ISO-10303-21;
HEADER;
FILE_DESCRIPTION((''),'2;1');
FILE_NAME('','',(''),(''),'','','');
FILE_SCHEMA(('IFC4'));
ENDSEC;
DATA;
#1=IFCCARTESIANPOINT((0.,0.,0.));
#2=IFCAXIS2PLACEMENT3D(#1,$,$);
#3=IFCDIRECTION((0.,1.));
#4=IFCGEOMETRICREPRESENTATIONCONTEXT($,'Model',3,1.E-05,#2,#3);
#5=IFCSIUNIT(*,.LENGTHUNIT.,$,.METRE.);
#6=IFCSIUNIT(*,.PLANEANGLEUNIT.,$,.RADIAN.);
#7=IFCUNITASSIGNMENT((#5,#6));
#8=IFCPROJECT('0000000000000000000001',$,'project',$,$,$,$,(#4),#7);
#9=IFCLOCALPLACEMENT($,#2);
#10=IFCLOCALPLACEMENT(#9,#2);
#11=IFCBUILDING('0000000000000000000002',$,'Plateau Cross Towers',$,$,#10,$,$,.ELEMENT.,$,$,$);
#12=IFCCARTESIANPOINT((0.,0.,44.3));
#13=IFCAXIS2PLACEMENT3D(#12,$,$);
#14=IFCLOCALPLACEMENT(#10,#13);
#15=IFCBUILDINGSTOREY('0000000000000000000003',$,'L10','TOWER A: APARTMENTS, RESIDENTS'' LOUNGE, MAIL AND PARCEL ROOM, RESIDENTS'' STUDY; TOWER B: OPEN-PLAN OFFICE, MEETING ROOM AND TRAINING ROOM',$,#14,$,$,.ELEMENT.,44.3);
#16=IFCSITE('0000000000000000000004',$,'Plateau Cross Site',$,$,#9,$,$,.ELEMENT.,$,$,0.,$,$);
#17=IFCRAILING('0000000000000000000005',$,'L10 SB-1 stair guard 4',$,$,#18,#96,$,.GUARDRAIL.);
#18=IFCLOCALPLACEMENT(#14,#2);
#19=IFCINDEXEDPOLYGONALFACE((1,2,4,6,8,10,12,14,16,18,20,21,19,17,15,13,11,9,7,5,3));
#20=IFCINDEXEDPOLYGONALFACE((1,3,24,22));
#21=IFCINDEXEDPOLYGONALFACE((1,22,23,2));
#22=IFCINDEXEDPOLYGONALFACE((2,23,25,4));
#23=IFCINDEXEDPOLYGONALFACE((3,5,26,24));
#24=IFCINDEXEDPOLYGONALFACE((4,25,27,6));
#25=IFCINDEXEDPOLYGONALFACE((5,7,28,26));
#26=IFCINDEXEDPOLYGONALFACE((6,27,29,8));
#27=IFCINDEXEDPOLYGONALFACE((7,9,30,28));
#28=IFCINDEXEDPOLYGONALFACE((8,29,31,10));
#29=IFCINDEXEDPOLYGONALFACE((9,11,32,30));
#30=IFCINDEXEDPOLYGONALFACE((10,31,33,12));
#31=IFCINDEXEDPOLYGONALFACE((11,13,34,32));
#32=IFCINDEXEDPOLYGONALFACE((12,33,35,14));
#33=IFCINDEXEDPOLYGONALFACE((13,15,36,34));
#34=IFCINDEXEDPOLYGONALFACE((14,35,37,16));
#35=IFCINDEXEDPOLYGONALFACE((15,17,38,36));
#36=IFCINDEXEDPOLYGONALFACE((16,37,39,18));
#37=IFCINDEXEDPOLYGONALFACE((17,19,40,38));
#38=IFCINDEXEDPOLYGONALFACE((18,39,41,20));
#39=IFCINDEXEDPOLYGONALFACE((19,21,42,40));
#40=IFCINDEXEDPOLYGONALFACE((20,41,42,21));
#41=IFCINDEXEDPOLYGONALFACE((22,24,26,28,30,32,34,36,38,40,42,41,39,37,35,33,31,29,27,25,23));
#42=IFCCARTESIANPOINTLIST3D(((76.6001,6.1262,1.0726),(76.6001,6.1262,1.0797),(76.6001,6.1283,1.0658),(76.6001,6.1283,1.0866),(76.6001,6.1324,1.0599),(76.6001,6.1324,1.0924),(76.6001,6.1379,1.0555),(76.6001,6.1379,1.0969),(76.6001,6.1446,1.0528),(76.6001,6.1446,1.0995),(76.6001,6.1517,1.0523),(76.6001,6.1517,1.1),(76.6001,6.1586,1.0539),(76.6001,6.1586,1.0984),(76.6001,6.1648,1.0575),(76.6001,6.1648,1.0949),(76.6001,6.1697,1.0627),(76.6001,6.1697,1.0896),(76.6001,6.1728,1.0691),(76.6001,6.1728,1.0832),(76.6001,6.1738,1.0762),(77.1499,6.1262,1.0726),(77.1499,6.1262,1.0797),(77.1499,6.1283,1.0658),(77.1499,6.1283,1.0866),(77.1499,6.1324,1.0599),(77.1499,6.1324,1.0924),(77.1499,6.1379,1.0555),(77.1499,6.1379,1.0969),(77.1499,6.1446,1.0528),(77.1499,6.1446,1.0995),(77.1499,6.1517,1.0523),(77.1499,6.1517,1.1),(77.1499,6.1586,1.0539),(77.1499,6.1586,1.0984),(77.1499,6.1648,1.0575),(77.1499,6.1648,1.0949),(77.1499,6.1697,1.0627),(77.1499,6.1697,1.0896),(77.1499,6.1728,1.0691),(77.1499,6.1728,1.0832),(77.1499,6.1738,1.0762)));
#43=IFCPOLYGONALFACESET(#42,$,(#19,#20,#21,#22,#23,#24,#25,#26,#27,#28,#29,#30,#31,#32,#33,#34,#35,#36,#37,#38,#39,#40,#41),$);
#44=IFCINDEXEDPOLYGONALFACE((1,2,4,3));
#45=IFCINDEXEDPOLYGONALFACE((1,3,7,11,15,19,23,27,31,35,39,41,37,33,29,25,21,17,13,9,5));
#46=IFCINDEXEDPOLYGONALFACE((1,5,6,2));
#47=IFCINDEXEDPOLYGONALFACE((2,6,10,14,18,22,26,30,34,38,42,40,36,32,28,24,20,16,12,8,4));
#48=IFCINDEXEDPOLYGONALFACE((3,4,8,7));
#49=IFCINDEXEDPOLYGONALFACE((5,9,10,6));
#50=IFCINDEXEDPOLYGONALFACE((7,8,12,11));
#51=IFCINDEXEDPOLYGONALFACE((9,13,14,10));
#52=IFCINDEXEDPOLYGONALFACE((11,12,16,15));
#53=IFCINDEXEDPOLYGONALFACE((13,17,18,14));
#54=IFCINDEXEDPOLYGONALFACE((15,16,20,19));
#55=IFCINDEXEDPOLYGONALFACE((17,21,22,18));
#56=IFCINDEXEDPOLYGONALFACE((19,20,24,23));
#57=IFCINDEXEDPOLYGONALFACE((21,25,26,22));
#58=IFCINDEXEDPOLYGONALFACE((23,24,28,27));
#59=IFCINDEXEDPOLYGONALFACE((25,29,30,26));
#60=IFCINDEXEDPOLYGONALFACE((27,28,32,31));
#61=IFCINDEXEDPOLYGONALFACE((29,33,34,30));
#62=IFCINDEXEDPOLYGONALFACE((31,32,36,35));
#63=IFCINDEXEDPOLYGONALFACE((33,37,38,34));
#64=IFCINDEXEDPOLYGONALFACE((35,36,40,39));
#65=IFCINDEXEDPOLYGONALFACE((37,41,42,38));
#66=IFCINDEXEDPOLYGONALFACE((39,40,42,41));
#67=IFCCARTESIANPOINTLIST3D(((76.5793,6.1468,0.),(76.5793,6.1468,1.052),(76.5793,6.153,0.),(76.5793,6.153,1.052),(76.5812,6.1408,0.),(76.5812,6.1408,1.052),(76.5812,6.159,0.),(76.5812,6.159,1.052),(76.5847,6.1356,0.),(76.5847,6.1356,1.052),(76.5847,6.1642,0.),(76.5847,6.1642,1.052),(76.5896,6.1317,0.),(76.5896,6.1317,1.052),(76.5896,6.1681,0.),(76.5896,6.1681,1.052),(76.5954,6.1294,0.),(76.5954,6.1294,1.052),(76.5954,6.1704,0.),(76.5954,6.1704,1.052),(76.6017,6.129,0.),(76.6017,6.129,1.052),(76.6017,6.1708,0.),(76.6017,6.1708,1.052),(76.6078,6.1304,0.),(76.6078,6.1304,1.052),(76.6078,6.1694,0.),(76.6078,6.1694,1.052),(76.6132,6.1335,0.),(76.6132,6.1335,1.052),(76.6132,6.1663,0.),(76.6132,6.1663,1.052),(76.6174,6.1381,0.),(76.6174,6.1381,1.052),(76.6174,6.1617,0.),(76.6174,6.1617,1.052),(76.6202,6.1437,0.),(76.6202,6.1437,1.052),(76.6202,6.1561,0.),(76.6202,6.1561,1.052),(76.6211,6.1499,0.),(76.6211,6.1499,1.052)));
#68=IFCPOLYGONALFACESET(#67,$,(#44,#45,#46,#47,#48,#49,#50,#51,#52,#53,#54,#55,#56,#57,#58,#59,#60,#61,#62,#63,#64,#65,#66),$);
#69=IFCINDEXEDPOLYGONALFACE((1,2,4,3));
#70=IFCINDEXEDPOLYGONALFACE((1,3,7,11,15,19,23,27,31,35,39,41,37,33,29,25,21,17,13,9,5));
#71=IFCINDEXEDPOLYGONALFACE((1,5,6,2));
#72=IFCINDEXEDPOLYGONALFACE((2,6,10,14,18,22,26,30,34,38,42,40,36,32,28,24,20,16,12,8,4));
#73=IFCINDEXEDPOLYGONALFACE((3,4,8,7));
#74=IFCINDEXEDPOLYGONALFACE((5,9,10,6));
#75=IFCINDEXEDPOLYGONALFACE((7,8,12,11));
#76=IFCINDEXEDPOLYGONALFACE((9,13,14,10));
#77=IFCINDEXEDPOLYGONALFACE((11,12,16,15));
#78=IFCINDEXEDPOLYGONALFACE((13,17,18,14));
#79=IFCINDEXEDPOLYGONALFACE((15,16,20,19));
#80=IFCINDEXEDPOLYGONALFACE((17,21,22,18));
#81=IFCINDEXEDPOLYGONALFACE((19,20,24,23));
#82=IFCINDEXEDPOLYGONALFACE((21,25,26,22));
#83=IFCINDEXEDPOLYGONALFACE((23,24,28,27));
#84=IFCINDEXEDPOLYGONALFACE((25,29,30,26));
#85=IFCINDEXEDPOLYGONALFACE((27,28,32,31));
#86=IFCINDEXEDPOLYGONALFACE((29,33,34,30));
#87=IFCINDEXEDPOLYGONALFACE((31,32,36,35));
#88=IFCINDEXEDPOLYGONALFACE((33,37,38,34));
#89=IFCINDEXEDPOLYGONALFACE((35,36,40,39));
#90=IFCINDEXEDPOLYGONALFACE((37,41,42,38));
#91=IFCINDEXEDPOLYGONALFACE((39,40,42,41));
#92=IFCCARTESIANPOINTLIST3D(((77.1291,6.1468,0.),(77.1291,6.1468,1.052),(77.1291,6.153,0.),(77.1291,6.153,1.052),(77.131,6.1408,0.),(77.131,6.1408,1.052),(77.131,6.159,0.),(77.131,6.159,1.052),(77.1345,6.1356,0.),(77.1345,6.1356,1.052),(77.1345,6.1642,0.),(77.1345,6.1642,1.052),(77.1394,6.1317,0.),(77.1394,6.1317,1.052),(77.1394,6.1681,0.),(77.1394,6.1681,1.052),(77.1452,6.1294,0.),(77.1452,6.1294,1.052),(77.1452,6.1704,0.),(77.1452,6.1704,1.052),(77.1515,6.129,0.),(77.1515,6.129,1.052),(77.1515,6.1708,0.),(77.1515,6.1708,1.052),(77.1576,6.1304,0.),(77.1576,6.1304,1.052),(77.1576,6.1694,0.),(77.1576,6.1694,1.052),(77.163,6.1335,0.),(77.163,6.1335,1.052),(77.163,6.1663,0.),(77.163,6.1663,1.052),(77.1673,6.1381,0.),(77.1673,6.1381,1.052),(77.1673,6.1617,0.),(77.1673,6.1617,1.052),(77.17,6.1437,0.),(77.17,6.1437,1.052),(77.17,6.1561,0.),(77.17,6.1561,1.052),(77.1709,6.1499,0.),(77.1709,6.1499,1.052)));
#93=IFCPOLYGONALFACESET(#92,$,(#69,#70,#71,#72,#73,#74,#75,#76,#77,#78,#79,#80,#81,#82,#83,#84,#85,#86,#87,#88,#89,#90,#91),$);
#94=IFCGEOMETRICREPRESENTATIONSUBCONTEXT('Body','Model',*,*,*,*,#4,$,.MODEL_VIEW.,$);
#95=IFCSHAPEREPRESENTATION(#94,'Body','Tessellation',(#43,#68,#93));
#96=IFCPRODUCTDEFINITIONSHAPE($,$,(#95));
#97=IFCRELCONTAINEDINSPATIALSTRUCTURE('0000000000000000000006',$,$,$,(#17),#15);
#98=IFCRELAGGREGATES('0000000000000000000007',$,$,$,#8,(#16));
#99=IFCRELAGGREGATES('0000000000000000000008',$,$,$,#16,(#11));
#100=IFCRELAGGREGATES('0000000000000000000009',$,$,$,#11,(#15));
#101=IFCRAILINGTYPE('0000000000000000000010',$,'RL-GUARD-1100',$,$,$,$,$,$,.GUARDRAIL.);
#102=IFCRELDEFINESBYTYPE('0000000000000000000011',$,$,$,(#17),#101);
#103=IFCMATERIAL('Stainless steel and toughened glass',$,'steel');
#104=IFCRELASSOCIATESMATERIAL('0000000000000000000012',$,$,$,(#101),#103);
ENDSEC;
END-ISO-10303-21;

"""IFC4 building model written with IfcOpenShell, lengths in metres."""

from ifc_helpers import new_model, si_unit, direction, frame, origin, origin_2d, place, context, subcontext, project, spatial, circle, extrude, material, type_object, element, save


model = new_model("IFC4")

# Units and contexts
model_context = context("Model", 3, precision=1e-05, world=origin(), true_north=direction((0.0, 1.0)))
body_context = subcontext(model_context, "Body", "Model", "MODEL_VIEW")
ifc_project = project(units=[si_unit("LENGTHUNIT", "METRE"), si_unit("PLANEANGLEUNIT", "RADIAN")], contexts=[model_context])

# Site, building, storey
site_placement = place(None, origin())
site = spatial("IfcSite", under=ifc_project, at=site_placement, Name="Plateau Cross Site", CompositionType="ELEMENT", RefElevation=0.0)
building_placement = place(site_placement, origin())
building = spatial("IfcBuilding", under=site, at=building_placement, Name="Plateau Cross Towers", CompositionType="ELEMENT")
storey_placement = place(building_placement, frame((0.0, 0.0, 44.3)))
storey = spatial("IfcBuildingStorey", under=building, at=storey_placement, Name="L10", Description="TOWER A: APARTMENTS, RESIDENTS' LOUNGE, MAIL AND PARCEL ROOM, RESIDENTS' STUDY; TOWER B: OPEN-PLAN OFFICE, MEETING ROOM AND TRAINING ROOM", CompositionType="ELEMENT", Elevation=44.3)

# Railing
ifc_material_1 = material(Name="Stainless steel and toughened glass", Category="steel")
railing_type_1 = type_object("IfcRailingType", Name="RL-GUARD-1100", PredefinedType="GUARDRAIL", material=ifc_material_1)
railing_1_placement = place(storey_placement, frame((76.6001, 6.1499, 0.0)))
element("IfcRailing", 1, at=railing_1_placement, inside=storey, type_object=railing_type_1, Name="L10 SB-1 stair guard 4", PredefinedType="GUARDRAIL", context=body_context, shape_type="SweptSolid", body=[
    extrude(circle(Radius=0.0239, at=origin_2d()), frame((0.0, 0.0, 1.0762), z_axis=(1.0, 0.0, 0.0), x_axis=(0.0, 1.0, 0.0)), (0.0, 0.0, 1.0), 0.5498),
    extrude(circle(Radius=0.021, at=origin_2d()), origin(), (0.0, 0.0, 1.0), 1.052),
    extrude(circle(Radius=0.021, at=origin_2d()), frame((0.5498, 0.0, 0.0)), (0.0, 0.0, 1.0), 1.052),
])

save(model, "model.ifc")
